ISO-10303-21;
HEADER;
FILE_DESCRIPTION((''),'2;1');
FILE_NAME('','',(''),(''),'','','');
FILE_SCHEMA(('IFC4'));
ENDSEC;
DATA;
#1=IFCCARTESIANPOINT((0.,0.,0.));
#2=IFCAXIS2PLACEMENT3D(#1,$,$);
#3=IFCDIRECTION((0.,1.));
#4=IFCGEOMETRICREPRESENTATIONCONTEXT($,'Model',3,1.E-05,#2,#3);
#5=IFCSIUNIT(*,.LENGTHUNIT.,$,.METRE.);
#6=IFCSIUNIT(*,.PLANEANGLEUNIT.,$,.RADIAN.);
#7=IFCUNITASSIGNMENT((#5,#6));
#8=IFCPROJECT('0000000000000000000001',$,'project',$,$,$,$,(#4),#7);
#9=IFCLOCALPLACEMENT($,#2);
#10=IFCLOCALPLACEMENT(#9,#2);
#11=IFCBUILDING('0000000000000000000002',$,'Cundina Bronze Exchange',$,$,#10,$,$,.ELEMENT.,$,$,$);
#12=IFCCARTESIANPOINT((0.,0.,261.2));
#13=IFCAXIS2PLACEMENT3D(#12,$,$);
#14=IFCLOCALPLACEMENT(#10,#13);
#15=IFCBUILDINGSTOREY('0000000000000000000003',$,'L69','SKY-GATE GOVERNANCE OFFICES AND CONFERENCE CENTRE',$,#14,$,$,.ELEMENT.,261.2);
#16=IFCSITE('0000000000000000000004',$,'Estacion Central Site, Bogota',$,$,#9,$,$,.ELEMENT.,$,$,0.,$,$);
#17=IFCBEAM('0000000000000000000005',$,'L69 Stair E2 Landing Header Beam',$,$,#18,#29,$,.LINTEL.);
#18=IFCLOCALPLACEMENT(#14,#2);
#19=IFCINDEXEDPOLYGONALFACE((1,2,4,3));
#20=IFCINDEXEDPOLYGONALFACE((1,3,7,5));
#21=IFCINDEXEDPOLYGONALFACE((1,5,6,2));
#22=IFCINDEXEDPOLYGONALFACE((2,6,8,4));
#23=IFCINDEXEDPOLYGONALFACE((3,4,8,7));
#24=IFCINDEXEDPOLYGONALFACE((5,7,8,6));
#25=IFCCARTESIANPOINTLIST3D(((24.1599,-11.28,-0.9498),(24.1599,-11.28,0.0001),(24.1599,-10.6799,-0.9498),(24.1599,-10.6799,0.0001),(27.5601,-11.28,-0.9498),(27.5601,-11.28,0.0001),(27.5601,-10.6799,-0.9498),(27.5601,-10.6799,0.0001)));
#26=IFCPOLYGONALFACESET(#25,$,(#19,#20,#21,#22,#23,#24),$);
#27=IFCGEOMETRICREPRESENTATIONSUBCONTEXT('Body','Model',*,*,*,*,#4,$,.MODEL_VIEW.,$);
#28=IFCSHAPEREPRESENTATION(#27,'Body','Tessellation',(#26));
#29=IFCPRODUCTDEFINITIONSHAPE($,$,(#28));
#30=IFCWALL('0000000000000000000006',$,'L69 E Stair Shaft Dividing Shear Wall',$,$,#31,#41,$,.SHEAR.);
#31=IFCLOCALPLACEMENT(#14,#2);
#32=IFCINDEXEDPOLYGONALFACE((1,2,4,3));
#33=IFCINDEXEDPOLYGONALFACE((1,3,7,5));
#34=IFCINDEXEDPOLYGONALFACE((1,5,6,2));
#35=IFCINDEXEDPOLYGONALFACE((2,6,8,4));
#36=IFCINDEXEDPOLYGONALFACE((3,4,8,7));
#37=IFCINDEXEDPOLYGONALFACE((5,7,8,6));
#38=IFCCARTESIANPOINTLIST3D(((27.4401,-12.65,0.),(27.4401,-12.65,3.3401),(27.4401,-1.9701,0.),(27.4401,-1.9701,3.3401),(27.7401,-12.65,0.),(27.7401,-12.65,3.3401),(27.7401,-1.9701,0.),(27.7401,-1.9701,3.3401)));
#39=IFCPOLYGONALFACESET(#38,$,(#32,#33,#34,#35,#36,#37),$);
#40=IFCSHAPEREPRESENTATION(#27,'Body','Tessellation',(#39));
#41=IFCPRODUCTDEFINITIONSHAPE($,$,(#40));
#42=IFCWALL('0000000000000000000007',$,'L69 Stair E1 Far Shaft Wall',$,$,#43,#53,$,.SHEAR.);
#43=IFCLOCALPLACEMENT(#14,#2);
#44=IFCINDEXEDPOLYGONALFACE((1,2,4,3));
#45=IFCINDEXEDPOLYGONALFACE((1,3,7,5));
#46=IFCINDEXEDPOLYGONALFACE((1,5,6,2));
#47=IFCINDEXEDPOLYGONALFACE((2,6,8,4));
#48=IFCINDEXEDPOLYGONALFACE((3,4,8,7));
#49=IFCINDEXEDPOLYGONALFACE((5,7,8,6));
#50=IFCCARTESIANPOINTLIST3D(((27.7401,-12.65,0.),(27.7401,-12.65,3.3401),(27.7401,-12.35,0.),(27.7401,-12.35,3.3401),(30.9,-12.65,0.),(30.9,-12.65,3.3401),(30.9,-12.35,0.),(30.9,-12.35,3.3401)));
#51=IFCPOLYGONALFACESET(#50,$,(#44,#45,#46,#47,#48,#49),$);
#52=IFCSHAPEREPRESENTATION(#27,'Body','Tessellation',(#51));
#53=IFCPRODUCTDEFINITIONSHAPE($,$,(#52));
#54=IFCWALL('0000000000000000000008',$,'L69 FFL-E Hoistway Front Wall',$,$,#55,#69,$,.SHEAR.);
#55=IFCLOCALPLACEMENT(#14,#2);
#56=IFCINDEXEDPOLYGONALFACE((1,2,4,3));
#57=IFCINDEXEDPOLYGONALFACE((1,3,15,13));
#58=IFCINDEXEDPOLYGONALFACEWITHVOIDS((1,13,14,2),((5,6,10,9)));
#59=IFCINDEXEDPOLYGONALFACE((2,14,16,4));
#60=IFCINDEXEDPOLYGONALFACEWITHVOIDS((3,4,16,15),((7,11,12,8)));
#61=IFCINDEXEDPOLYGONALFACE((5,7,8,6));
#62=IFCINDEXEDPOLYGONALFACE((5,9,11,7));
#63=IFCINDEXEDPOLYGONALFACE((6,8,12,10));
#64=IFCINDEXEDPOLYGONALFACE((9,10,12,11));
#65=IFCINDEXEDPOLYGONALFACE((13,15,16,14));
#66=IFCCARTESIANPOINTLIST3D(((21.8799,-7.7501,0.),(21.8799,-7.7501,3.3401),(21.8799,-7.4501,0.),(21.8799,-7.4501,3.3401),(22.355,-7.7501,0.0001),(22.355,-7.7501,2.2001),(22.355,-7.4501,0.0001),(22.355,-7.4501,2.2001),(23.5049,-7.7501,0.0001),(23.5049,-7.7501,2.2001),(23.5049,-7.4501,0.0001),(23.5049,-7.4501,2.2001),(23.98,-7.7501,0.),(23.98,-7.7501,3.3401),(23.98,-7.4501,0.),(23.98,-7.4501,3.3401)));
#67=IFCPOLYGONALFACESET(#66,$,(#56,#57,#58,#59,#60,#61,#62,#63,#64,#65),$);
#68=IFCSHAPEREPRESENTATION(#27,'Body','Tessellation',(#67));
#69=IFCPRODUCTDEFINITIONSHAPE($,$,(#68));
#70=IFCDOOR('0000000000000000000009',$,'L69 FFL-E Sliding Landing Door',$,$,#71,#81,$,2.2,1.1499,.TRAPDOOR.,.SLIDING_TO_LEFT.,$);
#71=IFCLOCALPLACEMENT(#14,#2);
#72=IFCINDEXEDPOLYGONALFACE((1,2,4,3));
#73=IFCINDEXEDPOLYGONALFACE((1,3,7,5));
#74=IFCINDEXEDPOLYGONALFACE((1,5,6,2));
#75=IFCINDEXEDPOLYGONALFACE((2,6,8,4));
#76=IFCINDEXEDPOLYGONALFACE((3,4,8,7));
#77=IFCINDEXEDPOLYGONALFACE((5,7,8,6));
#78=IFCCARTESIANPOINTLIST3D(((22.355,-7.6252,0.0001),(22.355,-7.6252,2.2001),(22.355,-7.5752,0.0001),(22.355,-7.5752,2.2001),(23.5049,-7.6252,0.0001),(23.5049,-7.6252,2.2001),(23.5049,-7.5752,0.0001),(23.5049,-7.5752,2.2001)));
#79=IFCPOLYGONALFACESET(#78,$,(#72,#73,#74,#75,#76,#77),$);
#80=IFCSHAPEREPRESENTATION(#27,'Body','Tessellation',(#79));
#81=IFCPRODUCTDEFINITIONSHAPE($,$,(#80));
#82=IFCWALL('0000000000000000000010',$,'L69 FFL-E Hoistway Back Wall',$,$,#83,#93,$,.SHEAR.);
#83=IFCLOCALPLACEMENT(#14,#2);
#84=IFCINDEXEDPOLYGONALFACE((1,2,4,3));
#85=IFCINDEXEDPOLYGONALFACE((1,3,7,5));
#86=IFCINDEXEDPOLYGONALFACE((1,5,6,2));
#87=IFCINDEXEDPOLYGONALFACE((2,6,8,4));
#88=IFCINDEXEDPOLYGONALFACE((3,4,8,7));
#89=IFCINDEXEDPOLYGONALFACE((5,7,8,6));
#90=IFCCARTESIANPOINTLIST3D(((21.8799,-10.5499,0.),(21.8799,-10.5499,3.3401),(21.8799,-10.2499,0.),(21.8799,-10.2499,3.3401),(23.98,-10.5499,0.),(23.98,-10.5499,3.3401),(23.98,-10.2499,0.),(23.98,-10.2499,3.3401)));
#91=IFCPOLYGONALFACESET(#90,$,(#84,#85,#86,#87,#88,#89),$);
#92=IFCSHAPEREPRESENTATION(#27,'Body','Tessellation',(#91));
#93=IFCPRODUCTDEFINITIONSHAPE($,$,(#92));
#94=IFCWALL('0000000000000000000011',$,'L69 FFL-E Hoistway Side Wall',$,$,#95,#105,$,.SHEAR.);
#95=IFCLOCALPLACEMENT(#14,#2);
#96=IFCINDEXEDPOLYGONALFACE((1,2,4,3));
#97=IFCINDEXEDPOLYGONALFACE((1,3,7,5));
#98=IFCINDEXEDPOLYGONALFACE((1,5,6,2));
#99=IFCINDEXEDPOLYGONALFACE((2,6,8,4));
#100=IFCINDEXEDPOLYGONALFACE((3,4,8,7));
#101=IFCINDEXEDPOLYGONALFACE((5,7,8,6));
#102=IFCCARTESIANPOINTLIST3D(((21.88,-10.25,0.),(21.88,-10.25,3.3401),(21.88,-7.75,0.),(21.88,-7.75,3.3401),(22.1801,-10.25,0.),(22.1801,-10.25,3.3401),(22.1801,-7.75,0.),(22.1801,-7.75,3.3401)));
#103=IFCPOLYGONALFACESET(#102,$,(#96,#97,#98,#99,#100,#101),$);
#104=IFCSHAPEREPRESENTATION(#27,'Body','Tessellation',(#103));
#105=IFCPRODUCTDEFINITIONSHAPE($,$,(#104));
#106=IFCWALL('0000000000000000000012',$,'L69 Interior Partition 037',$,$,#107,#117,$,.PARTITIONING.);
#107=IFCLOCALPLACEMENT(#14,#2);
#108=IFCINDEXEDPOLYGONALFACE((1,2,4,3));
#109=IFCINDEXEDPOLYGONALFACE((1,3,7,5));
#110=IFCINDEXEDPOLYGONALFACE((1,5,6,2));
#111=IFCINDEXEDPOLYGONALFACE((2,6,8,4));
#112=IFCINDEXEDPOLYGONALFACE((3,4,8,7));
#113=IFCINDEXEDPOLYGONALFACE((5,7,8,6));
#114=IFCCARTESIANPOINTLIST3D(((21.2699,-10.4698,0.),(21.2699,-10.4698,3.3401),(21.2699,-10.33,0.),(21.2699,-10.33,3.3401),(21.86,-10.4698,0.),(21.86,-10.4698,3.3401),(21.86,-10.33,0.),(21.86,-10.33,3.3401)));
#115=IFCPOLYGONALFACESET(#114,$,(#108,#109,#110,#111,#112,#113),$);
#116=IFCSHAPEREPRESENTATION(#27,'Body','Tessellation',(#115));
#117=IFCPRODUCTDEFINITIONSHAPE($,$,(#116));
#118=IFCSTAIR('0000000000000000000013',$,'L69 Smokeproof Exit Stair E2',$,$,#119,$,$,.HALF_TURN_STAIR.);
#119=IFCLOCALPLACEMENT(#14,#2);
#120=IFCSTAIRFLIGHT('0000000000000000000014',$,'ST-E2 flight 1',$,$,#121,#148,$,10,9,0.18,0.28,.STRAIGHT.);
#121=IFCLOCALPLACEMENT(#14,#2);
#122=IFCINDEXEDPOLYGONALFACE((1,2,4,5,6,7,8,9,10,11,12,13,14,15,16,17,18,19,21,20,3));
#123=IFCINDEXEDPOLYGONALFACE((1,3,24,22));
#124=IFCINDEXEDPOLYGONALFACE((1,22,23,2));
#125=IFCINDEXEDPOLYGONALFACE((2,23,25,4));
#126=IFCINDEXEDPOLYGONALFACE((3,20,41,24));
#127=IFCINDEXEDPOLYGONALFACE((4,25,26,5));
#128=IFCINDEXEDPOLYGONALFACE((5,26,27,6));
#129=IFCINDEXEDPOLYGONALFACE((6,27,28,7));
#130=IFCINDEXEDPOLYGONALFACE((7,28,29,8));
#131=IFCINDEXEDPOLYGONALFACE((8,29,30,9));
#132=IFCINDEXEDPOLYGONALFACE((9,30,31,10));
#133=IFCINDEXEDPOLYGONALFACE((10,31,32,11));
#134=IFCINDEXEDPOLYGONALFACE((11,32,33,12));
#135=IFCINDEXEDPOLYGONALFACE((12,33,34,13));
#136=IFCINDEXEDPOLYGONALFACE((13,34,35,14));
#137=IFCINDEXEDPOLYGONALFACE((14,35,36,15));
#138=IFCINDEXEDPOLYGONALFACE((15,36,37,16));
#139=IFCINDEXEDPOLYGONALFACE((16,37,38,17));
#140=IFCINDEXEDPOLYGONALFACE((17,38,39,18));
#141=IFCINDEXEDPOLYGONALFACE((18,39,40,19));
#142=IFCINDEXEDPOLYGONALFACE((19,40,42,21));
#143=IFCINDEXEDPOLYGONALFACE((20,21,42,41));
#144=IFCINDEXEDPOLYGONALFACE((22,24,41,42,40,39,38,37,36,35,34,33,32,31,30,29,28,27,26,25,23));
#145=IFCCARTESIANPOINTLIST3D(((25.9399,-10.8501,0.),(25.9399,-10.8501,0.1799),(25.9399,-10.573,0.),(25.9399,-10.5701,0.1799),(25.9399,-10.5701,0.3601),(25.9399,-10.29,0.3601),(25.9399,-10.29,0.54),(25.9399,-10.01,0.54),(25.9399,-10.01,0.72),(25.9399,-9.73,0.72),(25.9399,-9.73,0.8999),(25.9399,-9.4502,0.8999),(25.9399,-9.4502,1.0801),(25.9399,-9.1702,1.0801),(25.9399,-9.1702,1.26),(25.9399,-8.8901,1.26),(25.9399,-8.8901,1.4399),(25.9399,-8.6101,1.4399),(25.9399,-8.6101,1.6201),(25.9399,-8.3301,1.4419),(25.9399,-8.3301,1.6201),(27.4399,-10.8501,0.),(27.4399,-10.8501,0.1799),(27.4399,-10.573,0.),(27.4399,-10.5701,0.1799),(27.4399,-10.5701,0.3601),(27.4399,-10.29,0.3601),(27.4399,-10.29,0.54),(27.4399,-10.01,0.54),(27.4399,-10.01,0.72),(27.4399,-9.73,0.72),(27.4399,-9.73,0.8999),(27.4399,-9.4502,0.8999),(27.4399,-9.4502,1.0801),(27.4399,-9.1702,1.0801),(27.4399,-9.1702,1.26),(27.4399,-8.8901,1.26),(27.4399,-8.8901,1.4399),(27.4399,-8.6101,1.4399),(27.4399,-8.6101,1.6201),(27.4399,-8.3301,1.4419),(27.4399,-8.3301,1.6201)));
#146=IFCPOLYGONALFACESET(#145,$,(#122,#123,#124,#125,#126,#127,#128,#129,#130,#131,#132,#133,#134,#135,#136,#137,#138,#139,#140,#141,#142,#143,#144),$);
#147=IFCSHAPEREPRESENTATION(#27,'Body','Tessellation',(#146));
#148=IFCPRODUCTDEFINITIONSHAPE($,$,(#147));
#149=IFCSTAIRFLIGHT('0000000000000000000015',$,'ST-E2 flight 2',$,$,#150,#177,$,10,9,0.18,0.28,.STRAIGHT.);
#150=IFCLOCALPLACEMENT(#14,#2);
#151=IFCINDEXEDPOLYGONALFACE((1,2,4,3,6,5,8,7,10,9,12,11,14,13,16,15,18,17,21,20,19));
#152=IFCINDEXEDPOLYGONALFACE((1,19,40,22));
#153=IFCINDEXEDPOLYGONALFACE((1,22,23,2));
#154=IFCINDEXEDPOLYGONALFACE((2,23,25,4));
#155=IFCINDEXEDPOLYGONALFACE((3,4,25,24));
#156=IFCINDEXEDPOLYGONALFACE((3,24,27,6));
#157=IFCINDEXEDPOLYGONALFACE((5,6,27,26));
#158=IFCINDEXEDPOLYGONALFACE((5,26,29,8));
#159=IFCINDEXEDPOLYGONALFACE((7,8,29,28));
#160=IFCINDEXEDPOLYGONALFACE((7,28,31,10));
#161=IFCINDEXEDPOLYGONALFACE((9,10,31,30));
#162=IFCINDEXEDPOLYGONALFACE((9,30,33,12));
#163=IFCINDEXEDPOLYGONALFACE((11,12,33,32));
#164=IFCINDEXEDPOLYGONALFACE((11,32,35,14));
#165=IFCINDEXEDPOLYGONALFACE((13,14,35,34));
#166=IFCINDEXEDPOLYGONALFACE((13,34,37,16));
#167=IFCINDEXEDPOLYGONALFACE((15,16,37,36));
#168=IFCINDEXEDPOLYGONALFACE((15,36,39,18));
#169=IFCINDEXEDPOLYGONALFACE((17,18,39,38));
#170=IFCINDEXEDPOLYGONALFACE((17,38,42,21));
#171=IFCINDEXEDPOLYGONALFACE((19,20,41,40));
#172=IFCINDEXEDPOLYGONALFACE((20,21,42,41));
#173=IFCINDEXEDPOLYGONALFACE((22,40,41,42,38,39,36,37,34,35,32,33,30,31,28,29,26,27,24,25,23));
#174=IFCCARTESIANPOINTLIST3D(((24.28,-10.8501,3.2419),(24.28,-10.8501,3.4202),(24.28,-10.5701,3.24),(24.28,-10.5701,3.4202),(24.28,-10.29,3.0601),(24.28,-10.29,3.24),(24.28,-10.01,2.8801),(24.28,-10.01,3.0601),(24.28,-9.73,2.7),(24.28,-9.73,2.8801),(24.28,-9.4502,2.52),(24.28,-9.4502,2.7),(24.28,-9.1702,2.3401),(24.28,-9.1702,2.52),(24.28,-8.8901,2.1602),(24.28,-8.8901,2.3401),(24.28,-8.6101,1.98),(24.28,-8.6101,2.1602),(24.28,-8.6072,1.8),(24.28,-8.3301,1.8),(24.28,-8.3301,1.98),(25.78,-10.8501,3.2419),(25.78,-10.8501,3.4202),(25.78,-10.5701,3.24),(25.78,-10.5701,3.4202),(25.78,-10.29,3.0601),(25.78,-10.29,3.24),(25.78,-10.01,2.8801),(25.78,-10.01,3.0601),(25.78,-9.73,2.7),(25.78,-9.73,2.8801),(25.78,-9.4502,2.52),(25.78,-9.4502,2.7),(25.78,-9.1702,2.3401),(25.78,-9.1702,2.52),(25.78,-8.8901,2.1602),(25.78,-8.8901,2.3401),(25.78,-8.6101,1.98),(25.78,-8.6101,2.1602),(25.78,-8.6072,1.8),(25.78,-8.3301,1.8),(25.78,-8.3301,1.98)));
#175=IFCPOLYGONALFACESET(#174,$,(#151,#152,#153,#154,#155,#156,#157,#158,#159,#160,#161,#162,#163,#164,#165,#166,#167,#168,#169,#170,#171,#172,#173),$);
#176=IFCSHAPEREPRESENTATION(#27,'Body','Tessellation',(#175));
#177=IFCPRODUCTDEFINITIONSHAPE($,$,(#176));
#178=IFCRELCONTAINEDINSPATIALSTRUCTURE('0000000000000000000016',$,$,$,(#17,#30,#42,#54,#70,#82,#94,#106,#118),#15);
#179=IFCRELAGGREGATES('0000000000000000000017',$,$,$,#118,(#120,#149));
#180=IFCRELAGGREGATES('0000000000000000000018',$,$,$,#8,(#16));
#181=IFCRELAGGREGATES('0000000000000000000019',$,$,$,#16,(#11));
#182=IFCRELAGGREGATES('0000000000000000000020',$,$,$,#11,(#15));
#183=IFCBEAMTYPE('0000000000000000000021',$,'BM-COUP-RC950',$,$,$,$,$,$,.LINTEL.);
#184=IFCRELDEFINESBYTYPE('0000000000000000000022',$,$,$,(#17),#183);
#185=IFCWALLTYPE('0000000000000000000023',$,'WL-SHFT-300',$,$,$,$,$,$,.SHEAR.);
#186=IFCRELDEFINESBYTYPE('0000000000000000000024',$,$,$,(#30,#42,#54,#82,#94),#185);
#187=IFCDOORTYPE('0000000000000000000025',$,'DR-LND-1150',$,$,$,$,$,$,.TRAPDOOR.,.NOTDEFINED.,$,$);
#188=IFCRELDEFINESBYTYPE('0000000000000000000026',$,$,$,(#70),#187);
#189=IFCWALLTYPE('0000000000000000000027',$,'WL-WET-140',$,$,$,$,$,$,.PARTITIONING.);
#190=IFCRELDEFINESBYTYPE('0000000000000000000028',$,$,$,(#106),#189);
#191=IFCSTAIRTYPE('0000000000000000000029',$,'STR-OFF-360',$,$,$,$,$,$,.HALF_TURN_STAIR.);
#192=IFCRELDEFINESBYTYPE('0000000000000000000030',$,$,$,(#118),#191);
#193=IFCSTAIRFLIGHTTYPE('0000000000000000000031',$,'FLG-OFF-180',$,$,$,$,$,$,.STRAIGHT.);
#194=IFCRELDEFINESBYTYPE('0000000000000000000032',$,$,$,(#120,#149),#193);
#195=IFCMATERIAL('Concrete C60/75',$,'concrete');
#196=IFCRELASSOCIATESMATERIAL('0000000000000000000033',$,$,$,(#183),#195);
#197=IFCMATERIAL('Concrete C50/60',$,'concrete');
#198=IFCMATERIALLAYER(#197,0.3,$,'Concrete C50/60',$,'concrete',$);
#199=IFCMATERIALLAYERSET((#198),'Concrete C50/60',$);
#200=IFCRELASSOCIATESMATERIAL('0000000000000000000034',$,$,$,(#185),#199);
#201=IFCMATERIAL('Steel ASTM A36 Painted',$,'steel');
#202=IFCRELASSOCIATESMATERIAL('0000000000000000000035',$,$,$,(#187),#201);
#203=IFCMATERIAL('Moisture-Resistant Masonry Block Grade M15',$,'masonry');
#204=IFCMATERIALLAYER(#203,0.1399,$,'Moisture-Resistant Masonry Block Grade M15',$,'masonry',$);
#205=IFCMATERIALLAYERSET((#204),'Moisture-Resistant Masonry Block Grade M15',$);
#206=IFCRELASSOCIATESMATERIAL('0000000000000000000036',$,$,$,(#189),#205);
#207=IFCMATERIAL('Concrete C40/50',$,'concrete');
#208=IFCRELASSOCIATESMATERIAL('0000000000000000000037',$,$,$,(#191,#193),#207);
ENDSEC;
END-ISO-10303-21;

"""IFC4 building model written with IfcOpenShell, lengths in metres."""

from ifc_helpers import new_model, si_unit, direction, frame, frame_2d, origin, origin_2d, place, context, subcontext, project, spatial, polyline, rectangle, outline, extrude, material, layer, layer_set, material_profile, profile_set, type_object, element, fill, aggregate, save


model = new_model("IFC4")

# Units and contexts
model_context = context("Model", 3, precision=1e-05, world=origin(), true_north=direction((0.0, 1.0)))
body_context = subcontext(model_context, "Body", "Model", "MODEL_VIEW")
ifc_project = project(units=[si_unit("LENGTHUNIT", "METRE"), si_unit("PLANEANGLEUNIT", "RADIAN")], contexts=[model_context])

# Site, building, storey
site_placement = place(None, origin())
site = spatial("IfcSite", under=ifc_project, at=site_placement, Name="Estacion Central Site, Bogota", CompositionType="ELEMENT", RefElevation=0.0)
building_placement = place(site_placement, origin())
building = spatial("IfcBuilding", under=site, at=building_placement, Name="Cundina Bronze Exchange", CompositionType="ELEMENT")
storey_placement = place(building_placement, frame((0.0, 0.0, 261.2)))
storey = spatial("IfcBuildingStorey", under=building, at=storey_placement, Name="L69", Description="SKY-GATE GOVERNANCE OFFICES AND CONFERENCE CENTRE", CompositionType="ELEMENT", Elevation=261.2)

# Beam
ifc_material_1 = material(Name="Concrete C60/75", Category="concrete")
ifc_material_profile = material_profile(ifc_material_1, rectangle(XDim=0.6001, YDim=0.95, at=origin_2d()), Name="RC600X950", Category="concrete")
ifc_profile_set = profile_set([ifc_material_profile], Name="Concrete C60/75")
beam_type = type_object("IfcBeamType", Name="BM-COUP-RC950", PredefinedType="LINTEL", material=ifc_profile_set)
beam_placement = place(storey_placement, frame((24.1599, -10.98, -0.4749), z_axis=(1.0, 0.0, 0.0), x_axis=(0.0, 1.0, 0.0)))
element("IfcBeam", 1, at=beam_placement, inside=storey, type_object=beam_type, Name="L69 Stair E2 Landing Header Beam", PredefinedType="LINTEL", context=body_context, shape_type="SweptSolid", body=[
    extrude(rectangle(XDim=0.6001, YDim=0.95, at=origin_2d()), origin(), (0.0, 0.0, 1.0), 3.4001),
])

# Walls
ifc_material_2 = material(Name="Concrete C50/60", Category="concrete")
ifc_layer_1 = layer(ifc_material_2, 0.3, Name="Concrete C50/60", Category="concrete")
ifc_layer_set_1 = layer_set([ifc_layer_1], Name="Concrete C50/60")
wall_type_1 = type_object("IfcWallType", Name="WL-SHFT-300", PredefinedType="SHEAR", material=ifc_layer_set_1)
wall_1_placement = place(storey_placement, frame((27.5901, -12.6499, 0.0), z_axis=(0.0, 0.0, 1.0), x_axis=(0.0, 1.0, 0.0)))
element("IfcWall", 2, at=wall_1_placement, inside=storey, type_object=wall_type_1, Name="L69 E Stair Shaft Dividing Shear Wall", PredefinedType="SHEAR", context=body_context, shape_type="SweptSolid", body=[
    extrude(rectangle(XDim=10.6799, YDim=0.3, at=frame_2d((5.3398, 0.0))), origin(), (0.0, 0.0, 1.0), 3.3401),
])
wall_2_placement = place(storey_placement, frame((27.74, -12.5, 0.0), z_axis=(0.0, 0.0, 1.0), x_axis=(1.0, 0.0, 0.0)))
element("IfcWall", 3, at=wall_2_placement, inside=storey, type_object=wall_type_1, Name="L69 Stair E1 Far Shaft Wall", PredefinedType="SHEAR", context=body_context, shape_type="SweptSolid", body=[
    extrude(rectangle(XDim=3.1599, YDim=0.3, at=frame_2d((1.5801, 0.0))), origin(), (0.0, 0.0, 1.0), 3.3401),
])

# Wall, opening, door
ifc_material_3 = material(Name="Steel ASTM A36 Painted", Category="steel")
wall_3_placement = place(storey_placement, frame((21.8799, -7.6001, 0.0), z_axis=(0.0, 0.0, 1.0), x_axis=(1.0, 0.0, 0.0)))
wall_3 = element("IfcWall", 4, at=wall_3_placement, inside=storey, type_object=wall_type_1, Name="L69 FFL-E Hoistway Front Wall", PredefinedType="SHEAR", context=body_context, shape_type="SweptSolid", body=[
    extrude(rectangle(XDim=2.1001, YDim=0.3, at=frame_2d((1.05, 0.0))), origin(), (0.0, 0.0, 1.0), 3.3401),
])
opening_1_placement = place(wall_3_placement, frame((0.4751, 0.0, 0.0)))
opening_1 = element("IfcOpeningElement", 5, at=opening_1_placement, cuts=wall_3, PredefinedType="OPENING", context=body_context, shape_type="SweptSolid", body=[
    extrude(rectangle(XDim=1.1499, YDim=2.2, at=frame_2d((0.575, 1.1001))), frame((0.0, 0.1599, 0.0), z_axis=(0.0, -1.0, 0.0), x_axis=(1.0, 0.0, 0.0)), (0.0, 0.0, 1.0), 0.3201),
])
door_type_1 = type_object("IfcDoorType", Name="DR-LND-1150", OperationType="NOTDEFINED", PredefinedType="TRAPDOOR", material=ifc_material_3)
door_1_placement = place(opening_1_placement, origin())
door_1 = element("IfcDoor", 6, at=door_1_placement, inside=storey, type_object=door_type_1, Name="L69 FFL-E Sliding Landing Door", OperationType="SLIDING_TO_LEFT", OverallHeight=2.2, OverallWidth=1.1499, PredefinedType="TRAPDOOR", context=body_context, shape_type="SweptSolid", body=[
    extrude(rectangle(XDim=1.1499, YDim=2.2, at=frame_2d((0.575, 1.1001))), frame((0.0, 0.0249, 0.0), z_axis=(0.0, -1.0, 0.0), x_axis=(1.0, 0.0, 0.0)), (0.0, 0.0, 1.0), 0.05),
])
fill(opening_1, door_1)

# Walls
wall_4_placement = place(storey_placement, frame((21.8799, -10.3999, 0.0), z_axis=(0.0, 0.0, 1.0), x_axis=(1.0, 0.0, 0.0)))
element("IfcWall", 7, at=wall_4_placement, inside=storey, type_object=wall_type_1, Name="L69 FFL-E Hoistway Back Wall", PredefinedType="SHEAR", context=body_context, shape_type="SweptSolid", body=[
    extrude(rectangle(XDim=2.1001, YDim=0.3, at=frame_2d((1.05, 0.0))), origin(), (0.0, 0.0, 1.0), 3.3401),
])
wall_5_placement = place(storey_placement, frame((22.03, -10.25, 0.0), z_axis=(0.0, 0.0, 1.0), x_axis=(0.0, 1.0, 0.0)))
element("IfcWall", 8, at=wall_5_placement, inside=storey, type_object=wall_type_1, Name="L69 FFL-E Hoistway Side Wall", PredefinedType="SHEAR", context=body_context, shape_type="SweptSolid", body=[
    extrude(rectangle(XDim=2.5, YDim=0.3, at=frame_2d((1.25, 0.0))), origin(), (0.0, 0.0, 1.0), 3.3401),
])
ifc_material_4 = material(Name="Moisture-Resistant Masonry Block Grade M15", Category="masonry")
ifc_layer_2 = layer(ifc_material_4, 0.1399, Name="Moisture-Resistant Masonry Block Grade M15", Category="masonry")
ifc_layer_set_2 = layer_set([ifc_layer_2], Name="Moisture-Resistant Masonry Block Grade M15")
wall_type_2 = type_object("IfcWallType", Name="WL-WET-140", PredefinedType="PARTITIONING", material=ifc_layer_set_2)
wall_6_placement = place(storey_placement, frame((21.27, -10.3999, 0.0), z_axis=(0.0, 0.0, 1.0), x_axis=(1.0, 0.0, 0.0)))
element("IfcWall", 9, at=wall_6_placement, inside=storey, type_object=wall_type_2, Name="L69 Interior Partition 037", PredefinedType="PARTITIONING", context=body_context, shape_type="SweptSolid", body=[
    extrude(rectangle(XDim=0.5901, YDim=0.1399, at=frame_2d((0.2949, 0.0))), origin(), (0.0, 0.0, 1.0), 3.3401),
])

# Stair, stair flights
ifc_material_5 = material(Name="Concrete C40/50", Category="concrete")
stair_type = type_object("IfcStairType", Name="STR-OFF-360", PredefinedType="HALF_TURN_STAIR", material=ifc_material_5)
stair_placement = place(storey_placement, origin())
stair = element("IfcStair", 10, at=stair_placement, inside=storey, type_object=stair_type, Name="L69 Smokeproof Exit Stair E2", PredefinedType="HALF_TURN_STAIR")
stair_flight_type = type_object("IfcStairFlightType", Name="FLG-OFF-180", PredefinedType="STRAIGHT", material=ifc_material_5)
stair_flight_1_placement = place(storey_placement, frame((26.6899, -10.8501, 0.0), z_axis=(0.0, 0.0, 1.0), x_axis=(0.0, 1.0, 0.0)))
stair_flight_1 = element("IfcStairFlight", 11, at=stair_flight_1_placement, type_object=stair_flight_type, Name="ST-E2 flight 1", NumberOfRisers=10, NumberOfTreads=9, PredefinedType="STRAIGHT", RiserHeight=0.18, TreadLength=0.28, context=body_context, shape_type="SweptSolid", body=[
    extrude(outline(polyline([(0.0, 0.0), (0.0, 0.1799), (0.28, 0.1799), (0.28, 0.3601), (0.5601, 0.3601), (0.5601, 0.54), (0.8401, 0.54), (0.8401, 0.72), (1.1201, 0.72), (1.1201, 0.8999), (1.3999, 0.8999), (1.3999, 1.0801), (1.6799, 1.0801), (1.6799, 1.26), (1.96, 1.26), (1.96, 1.4399), (2.24, 1.4399), (2.24, 1.6201), (2.52, 1.6201), (2.52, 1.8), (2.52, 1.4419), (0.2771, 0.0), (0.0, 0.0)])), frame((0.0, 0.75, 0.0), z_axis=(0.0, -1.0, 0.0), x_axis=(1.0, 0.0, 0.0)), (0.0, 0.0, 1.0), 1.5),
])
stair_flight_2_placement = place(storey_placement, frame((25.03, -8.3301, 1.8), z_axis=(0.0, 0.0, 1.0), x_axis=(0.0, -1.0, 0.0)))
stair_flight_2 = element("IfcStairFlight", 12, at=stair_flight_2_placement, type_object=stair_flight_type, Name="ST-E2 flight 2", NumberOfRisers=10, NumberOfTreads=9, PredefinedType="STRAIGHT", RiserHeight=0.18, TreadLength=0.28, context=body_context, shape_type="SweptSolid", body=[
    extrude(outline(polyline([(0.0, 0.0), (0.0, 0.1799), (0.28, 0.1799), (0.28, 0.3601), (0.5601, 0.3601), (0.5601, 0.54), (0.8401, 0.54), (0.8401, 0.72), (1.1201, 0.72), (1.1201, 0.8999), (1.3999, 0.8999), (1.3999, 1.0801), (1.6799, 1.0801), (1.6799, 1.26), (1.96, 1.26), (1.96, 1.4399), (2.24, 1.4399), (2.24, 1.6201), (2.52, 1.6201), (2.52, 1.8), (2.52, 1.4419), (0.2771, 0.0), (0.0, 0.0)])), frame((0.0, 0.75, 0.0), z_axis=(0.0, -1.0, 0.0), x_axis=(1.0, 0.0, 0.0)), (0.0, 0.0, 1.0), 1.5),
])
aggregate(stair, [stair_flight_1, stair_flight_2])

save(model, "model.ifc")
